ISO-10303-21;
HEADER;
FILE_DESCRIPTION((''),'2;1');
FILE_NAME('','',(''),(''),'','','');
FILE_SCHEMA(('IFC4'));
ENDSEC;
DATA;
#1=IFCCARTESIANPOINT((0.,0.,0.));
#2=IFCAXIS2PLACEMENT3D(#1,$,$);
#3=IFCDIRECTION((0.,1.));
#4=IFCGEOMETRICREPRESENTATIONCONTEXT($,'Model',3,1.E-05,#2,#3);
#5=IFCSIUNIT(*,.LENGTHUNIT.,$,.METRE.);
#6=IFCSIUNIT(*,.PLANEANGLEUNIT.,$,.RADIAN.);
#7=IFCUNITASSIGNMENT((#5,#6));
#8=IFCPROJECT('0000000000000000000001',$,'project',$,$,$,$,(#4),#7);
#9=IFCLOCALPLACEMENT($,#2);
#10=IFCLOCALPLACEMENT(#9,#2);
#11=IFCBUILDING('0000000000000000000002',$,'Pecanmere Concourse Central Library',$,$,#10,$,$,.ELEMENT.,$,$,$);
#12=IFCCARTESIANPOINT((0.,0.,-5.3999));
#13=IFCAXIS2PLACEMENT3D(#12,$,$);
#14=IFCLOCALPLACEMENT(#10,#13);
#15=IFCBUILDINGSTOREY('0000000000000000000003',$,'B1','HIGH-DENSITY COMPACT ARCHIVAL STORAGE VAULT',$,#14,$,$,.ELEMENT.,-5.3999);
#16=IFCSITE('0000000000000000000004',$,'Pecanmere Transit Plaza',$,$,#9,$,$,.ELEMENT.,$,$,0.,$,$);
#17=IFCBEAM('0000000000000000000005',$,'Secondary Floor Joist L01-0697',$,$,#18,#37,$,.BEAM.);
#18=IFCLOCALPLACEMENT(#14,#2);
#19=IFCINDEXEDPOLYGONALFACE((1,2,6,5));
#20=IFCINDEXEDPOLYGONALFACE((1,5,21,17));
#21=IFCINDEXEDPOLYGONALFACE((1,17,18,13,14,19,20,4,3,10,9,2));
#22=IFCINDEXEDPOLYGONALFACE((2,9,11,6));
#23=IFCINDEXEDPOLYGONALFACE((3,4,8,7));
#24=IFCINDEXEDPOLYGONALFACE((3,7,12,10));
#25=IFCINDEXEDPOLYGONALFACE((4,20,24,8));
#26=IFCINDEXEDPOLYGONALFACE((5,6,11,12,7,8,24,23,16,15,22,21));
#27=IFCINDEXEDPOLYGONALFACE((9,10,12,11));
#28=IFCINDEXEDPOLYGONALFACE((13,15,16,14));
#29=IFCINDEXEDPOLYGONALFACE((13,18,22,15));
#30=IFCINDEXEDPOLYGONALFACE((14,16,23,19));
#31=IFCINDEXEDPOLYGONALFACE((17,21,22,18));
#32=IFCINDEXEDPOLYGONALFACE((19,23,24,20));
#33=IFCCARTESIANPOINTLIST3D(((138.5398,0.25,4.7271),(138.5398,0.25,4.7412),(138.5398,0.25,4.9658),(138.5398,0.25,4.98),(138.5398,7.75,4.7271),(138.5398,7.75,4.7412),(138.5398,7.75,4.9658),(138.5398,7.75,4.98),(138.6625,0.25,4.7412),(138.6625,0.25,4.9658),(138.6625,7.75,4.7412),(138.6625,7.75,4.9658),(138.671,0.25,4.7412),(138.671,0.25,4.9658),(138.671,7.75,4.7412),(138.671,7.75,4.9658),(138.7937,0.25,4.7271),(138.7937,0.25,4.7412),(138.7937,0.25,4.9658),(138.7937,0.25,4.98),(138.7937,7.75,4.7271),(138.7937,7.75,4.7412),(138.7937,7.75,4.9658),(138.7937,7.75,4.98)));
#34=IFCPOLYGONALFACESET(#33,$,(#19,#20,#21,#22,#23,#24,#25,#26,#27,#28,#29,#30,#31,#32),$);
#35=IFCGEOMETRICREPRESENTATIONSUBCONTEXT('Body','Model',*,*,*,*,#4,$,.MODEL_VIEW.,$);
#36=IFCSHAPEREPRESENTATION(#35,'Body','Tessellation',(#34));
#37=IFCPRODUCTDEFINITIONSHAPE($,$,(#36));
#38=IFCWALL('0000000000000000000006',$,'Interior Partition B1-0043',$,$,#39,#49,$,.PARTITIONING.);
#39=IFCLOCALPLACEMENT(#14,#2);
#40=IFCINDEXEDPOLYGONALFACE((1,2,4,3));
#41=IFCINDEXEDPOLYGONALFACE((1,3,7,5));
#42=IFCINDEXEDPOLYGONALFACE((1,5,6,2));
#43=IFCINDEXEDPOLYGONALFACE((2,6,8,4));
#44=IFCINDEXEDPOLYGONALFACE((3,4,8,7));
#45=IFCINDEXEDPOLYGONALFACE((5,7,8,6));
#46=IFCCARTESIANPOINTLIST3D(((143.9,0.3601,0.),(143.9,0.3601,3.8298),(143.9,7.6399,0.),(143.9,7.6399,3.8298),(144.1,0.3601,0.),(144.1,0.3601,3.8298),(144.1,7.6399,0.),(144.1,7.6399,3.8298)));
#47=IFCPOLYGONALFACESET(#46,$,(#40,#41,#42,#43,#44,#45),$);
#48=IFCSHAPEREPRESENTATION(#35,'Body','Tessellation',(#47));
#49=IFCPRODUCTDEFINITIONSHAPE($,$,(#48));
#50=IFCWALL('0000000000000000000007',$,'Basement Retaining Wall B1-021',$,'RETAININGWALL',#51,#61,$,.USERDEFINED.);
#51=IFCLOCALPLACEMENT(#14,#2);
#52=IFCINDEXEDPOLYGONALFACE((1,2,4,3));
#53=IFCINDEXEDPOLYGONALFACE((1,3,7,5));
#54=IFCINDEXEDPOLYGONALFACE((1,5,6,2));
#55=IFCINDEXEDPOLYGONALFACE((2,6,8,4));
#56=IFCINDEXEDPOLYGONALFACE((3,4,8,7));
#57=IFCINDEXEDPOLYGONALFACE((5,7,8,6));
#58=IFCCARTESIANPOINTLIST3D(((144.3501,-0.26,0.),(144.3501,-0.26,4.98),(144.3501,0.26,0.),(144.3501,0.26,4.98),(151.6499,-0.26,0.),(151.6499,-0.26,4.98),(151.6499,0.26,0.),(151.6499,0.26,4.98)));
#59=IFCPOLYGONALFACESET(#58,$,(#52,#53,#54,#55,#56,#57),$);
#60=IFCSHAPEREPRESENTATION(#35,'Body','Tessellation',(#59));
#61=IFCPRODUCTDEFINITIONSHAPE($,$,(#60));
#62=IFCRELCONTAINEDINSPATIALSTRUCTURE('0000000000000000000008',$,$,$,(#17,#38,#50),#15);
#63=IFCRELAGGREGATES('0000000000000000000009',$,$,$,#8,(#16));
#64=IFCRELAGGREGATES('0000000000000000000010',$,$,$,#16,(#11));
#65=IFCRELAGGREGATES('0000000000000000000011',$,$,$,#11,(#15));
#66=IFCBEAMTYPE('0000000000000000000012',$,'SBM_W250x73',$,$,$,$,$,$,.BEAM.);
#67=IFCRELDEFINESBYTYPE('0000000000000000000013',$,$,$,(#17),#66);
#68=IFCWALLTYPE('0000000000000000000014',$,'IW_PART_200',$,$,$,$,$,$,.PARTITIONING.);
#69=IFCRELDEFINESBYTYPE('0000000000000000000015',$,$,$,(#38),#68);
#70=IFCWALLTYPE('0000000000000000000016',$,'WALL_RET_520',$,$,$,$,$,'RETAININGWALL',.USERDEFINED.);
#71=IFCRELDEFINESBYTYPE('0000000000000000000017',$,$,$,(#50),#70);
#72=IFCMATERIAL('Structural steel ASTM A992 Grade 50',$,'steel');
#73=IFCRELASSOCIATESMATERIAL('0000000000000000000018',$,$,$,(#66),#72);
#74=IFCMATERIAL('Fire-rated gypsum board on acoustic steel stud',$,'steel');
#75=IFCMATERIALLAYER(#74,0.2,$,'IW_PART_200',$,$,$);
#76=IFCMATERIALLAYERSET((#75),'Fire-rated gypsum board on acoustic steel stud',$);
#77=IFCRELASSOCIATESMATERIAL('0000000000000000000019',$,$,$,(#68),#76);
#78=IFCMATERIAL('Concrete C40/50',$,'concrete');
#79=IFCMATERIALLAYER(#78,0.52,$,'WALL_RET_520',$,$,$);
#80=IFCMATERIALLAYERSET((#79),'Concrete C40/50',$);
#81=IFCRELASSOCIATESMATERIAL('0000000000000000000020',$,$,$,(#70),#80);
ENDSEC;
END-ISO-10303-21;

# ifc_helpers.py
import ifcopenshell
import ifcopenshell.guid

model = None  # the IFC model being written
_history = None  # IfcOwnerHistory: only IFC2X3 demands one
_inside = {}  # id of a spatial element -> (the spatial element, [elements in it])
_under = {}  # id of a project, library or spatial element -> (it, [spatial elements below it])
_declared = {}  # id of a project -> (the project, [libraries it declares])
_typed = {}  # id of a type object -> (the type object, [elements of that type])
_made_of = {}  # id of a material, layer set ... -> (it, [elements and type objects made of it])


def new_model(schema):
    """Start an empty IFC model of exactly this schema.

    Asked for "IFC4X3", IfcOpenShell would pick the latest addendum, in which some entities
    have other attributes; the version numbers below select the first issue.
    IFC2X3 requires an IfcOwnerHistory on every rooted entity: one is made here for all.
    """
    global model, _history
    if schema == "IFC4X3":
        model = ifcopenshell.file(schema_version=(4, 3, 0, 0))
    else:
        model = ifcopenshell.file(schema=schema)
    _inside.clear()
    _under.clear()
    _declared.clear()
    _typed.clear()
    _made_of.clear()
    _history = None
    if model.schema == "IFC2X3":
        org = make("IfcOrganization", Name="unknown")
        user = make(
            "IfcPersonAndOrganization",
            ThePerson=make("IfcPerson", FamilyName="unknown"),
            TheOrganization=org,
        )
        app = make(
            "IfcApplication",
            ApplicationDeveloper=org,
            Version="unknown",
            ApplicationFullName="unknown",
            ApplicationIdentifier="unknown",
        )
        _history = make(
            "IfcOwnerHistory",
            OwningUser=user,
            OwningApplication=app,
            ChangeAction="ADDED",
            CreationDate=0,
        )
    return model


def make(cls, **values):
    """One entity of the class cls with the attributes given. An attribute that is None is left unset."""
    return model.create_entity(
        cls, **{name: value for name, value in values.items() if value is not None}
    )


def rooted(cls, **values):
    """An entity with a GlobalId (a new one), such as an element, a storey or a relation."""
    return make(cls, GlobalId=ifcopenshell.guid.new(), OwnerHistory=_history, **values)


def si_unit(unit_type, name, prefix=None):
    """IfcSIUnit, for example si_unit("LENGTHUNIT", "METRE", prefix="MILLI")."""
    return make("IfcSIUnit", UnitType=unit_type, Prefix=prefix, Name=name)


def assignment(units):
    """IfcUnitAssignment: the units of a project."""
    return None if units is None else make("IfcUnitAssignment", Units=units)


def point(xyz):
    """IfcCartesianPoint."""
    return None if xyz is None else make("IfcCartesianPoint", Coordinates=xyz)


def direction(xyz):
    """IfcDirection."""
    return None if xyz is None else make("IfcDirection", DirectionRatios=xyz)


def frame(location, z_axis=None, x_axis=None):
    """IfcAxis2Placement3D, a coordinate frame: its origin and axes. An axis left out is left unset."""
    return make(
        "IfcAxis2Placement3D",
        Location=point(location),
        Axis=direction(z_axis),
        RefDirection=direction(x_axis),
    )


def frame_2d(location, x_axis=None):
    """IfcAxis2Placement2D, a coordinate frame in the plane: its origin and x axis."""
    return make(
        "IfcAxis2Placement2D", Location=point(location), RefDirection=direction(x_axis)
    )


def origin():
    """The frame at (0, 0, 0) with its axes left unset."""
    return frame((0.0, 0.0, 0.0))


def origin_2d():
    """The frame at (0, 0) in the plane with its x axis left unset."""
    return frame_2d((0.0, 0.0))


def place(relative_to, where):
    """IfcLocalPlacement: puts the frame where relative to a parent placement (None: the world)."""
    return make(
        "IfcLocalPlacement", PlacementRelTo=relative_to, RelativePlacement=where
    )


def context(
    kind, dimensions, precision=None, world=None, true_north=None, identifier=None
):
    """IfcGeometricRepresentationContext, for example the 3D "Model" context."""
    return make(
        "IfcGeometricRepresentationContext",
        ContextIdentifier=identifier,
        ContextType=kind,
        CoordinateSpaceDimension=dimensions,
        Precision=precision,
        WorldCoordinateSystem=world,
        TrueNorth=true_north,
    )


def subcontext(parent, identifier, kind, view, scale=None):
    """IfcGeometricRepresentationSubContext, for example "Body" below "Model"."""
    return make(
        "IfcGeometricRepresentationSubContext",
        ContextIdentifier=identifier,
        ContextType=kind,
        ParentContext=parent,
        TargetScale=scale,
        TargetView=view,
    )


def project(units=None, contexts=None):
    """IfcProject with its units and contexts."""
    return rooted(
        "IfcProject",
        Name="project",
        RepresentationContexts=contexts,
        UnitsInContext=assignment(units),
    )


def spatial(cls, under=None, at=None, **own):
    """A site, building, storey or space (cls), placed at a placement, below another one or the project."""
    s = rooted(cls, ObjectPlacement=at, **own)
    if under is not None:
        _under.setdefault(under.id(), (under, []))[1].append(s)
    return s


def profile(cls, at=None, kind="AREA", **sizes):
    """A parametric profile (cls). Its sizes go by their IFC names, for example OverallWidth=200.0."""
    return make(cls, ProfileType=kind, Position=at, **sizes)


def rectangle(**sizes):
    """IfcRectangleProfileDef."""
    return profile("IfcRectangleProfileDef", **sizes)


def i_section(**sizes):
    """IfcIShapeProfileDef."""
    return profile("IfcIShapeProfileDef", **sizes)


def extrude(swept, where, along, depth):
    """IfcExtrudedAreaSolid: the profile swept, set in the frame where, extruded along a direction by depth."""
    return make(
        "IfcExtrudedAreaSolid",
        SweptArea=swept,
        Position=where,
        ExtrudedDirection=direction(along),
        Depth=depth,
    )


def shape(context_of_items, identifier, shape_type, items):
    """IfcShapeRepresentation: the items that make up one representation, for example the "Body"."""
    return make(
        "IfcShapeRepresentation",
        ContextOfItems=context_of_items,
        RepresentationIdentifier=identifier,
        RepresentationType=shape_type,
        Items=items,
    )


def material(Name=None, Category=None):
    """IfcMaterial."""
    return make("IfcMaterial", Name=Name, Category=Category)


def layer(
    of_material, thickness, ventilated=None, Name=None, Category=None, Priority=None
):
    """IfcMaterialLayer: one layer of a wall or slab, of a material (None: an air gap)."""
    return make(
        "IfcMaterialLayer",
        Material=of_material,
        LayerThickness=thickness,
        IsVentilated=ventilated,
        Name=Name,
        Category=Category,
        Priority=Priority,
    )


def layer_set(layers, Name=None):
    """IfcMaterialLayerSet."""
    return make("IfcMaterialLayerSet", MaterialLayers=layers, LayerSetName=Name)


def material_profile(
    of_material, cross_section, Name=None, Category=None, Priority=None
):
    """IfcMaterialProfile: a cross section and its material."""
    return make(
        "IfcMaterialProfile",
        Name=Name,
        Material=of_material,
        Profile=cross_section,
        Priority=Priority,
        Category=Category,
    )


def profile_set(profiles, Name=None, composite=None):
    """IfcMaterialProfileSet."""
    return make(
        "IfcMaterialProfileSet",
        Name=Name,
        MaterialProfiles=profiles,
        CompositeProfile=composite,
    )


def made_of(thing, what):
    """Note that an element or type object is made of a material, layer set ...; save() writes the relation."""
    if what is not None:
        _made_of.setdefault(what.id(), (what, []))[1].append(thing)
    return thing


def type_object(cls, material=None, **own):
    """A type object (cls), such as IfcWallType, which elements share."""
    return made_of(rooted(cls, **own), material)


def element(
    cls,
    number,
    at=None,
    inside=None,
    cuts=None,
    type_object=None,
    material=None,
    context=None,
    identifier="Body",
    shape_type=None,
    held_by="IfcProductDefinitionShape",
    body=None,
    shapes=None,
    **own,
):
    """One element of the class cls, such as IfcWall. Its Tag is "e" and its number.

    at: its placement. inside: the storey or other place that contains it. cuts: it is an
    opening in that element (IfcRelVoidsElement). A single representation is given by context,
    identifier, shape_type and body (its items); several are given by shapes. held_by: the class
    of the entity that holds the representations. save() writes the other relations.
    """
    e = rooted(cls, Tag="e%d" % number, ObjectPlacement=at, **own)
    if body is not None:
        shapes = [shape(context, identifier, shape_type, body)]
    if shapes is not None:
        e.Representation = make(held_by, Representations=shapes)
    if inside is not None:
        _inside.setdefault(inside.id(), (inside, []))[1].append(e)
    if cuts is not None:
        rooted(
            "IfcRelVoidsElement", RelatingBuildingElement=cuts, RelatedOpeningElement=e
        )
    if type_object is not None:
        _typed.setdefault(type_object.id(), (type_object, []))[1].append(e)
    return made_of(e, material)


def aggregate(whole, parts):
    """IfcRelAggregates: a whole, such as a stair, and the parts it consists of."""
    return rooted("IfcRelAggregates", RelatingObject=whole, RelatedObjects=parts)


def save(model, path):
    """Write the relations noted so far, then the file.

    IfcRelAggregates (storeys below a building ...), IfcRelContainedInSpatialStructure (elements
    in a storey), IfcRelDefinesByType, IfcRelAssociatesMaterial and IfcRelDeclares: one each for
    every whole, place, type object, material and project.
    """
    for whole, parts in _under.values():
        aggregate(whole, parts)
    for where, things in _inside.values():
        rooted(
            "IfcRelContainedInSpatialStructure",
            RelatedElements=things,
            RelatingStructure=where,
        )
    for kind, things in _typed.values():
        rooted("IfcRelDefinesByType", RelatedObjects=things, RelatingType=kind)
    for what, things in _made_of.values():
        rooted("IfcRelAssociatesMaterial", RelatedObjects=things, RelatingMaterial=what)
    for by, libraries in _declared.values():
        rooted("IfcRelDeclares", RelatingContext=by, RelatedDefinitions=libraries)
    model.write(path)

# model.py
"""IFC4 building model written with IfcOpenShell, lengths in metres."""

from ifc_helpers import new_model, si_unit, direction, frame, frame_2d, origin, origin_2d, place, context, subcontext, project, spatial, rectangle, i_section, extrude, material, layer, layer_set, material_profile, profile_set, type_object, element, save


model = new_model("IFC4")

# Units and contexts
model_context = context("Model", 3, precision=1e-05, world=origin(), true_north=direction((0.0, 1.0)))
body_context = subcontext(model_context, "Body", "Model", "MODEL_VIEW")
ifc_project = project(units=[si_unit("LENGTHUNIT", "METRE"), si_unit("PLANEANGLEUNIT", "RADIAN")], contexts=[model_context])

# Site, building, storey
site_placement = place(None, origin())
site = spatial("IfcSite", under=ifc_project, at=site_placement, Name="Pecanmere Transit Plaza", CompositionType="ELEMENT", RefElevation=0.0)
building_placement = place(site_placement, origin())
building = spatial("IfcBuilding", under=site, at=building_placement, Name="Pecanmere Concourse Central Library", CompositionType="ELEMENT")
storey_placement = place(building_placement, frame((0.0, 0.0, -5.3999)))
storey = spatial("IfcBuildingStorey", under=building, at=storey_placement, Name="B1", Description="HIGH-DENSITY COMPACT ARCHIVAL STORAGE VAULT", CompositionType="ELEMENT", Elevation=-5.3999)

# Beam
ifc_material_1 = material(Name="Structural steel ASTM A992 Grade 50", Category="steel")
ifc_material_profile_1 = material_profile(ifc_material_1, i_section(OverallWidth=0.2539, OverallDepth=0.2529, WebThickness=0.0085, FlangeThickness=0.0142, at=origin_2d()), Name="W250x73")
ifc_profile_set_1 = profile_set([ifc_material_profile_1], Name="Structural steel ASTM A992 Grade 50")
beam_type_1 = type_object("IfcBeamType", Name="SBM_W250x73", PredefinedType="BEAM", material=ifc_profile_set_1)
beam_1_placement = place(storey_placement, frame((138.6667, 0.25, 4.8535), z_axis=(0.0, 1.0, 0.0), x_axis=(-1.0, 0.0, 0.0)))
element("IfcBeam", 1, at=beam_1_placement, inside=storey, type_object=beam_type_1, Name="Secondary Floor Joist L01-0697", PredefinedType="BEAM", context=body_context, shape_type="SweptSolid", body=[
    extrude(i_section(OverallWidth=0.2539, OverallDepth=0.2529, WebThickness=0.0085, FlangeThickness=0.0142, at=origin_2d()), origin(), (0.0, 0.0, 1.0), 7.5),
])

# Walls
ifc_material_2 = material(Name="Fire-rated gypsum board on acoustic steel stud", Category="steel")
ifc_layer_1 = layer(ifc_material_2, 0.2, Name="IW_PART_200")
ifc_layer_set_1 = layer_set([ifc_layer_1], Name="Fire-rated gypsum board on acoustic steel stud")
wall_type_1 = type_object("IfcWallType", Name="IW_PART_200", PredefinedType="PARTITIONING", material=ifc_layer_set_1)
wall_1_placement = place(storey_placement, frame((144.0, 0.3601, 0.0), z_axis=(0.0, 0.0, 1.0), x_axis=(0.0, 1.0, 0.0)))
element("IfcWall", 2, at=wall_1_placement, inside=storey, type_object=wall_type_1, Name="Interior Partition B1-0043", PredefinedType="PARTITIONING", context=body_context, shape_type="SweptSolid", body=[
    extrude(rectangle(XDim=7.2798, YDim=0.2, at=frame_2d((3.6399, 0.0))), origin(), (0.0, 0.0, 1.0), 3.8298),
])
ifc_material_3 = material(Name="Concrete C40/50", Category="concrete")
ifc_layer_2 = layer(ifc_material_3, 0.52, Name="WALL_RET_520")
ifc_layer_set_2 = layer_set([ifc_layer_2], Name="Concrete C40/50")
wall_type_2 = type_object("IfcWallType", Name="WALL_RET_520", ElementType="RETAININGWALL", PredefinedType="USERDEFINED", material=ifc_layer_set_2)
wall_2_placement = place(storey_placement, frame((144.3501, 0.0, 0.0), z_axis=(0.0, 0.0, 1.0), x_axis=(1.0, 0.0, 0.0)))
element("IfcWall", 3, at=wall_2_placement, inside=storey, type_object=wall_type_2, Name="Basement Retaining Wall B1-021", ObjectType="RETAININGWALL", PredefinedType="USERDEFINED", context=body_context, shape_type="SweptSolid", body=[
    extrude(rectangle(XDim=7.2998, YDim=0.52, at=frame_2d((3.6499, 0.0))), origin(), (0.0, 0.0, 1.0), 4.98),
])

save(model, "model.ifc")
